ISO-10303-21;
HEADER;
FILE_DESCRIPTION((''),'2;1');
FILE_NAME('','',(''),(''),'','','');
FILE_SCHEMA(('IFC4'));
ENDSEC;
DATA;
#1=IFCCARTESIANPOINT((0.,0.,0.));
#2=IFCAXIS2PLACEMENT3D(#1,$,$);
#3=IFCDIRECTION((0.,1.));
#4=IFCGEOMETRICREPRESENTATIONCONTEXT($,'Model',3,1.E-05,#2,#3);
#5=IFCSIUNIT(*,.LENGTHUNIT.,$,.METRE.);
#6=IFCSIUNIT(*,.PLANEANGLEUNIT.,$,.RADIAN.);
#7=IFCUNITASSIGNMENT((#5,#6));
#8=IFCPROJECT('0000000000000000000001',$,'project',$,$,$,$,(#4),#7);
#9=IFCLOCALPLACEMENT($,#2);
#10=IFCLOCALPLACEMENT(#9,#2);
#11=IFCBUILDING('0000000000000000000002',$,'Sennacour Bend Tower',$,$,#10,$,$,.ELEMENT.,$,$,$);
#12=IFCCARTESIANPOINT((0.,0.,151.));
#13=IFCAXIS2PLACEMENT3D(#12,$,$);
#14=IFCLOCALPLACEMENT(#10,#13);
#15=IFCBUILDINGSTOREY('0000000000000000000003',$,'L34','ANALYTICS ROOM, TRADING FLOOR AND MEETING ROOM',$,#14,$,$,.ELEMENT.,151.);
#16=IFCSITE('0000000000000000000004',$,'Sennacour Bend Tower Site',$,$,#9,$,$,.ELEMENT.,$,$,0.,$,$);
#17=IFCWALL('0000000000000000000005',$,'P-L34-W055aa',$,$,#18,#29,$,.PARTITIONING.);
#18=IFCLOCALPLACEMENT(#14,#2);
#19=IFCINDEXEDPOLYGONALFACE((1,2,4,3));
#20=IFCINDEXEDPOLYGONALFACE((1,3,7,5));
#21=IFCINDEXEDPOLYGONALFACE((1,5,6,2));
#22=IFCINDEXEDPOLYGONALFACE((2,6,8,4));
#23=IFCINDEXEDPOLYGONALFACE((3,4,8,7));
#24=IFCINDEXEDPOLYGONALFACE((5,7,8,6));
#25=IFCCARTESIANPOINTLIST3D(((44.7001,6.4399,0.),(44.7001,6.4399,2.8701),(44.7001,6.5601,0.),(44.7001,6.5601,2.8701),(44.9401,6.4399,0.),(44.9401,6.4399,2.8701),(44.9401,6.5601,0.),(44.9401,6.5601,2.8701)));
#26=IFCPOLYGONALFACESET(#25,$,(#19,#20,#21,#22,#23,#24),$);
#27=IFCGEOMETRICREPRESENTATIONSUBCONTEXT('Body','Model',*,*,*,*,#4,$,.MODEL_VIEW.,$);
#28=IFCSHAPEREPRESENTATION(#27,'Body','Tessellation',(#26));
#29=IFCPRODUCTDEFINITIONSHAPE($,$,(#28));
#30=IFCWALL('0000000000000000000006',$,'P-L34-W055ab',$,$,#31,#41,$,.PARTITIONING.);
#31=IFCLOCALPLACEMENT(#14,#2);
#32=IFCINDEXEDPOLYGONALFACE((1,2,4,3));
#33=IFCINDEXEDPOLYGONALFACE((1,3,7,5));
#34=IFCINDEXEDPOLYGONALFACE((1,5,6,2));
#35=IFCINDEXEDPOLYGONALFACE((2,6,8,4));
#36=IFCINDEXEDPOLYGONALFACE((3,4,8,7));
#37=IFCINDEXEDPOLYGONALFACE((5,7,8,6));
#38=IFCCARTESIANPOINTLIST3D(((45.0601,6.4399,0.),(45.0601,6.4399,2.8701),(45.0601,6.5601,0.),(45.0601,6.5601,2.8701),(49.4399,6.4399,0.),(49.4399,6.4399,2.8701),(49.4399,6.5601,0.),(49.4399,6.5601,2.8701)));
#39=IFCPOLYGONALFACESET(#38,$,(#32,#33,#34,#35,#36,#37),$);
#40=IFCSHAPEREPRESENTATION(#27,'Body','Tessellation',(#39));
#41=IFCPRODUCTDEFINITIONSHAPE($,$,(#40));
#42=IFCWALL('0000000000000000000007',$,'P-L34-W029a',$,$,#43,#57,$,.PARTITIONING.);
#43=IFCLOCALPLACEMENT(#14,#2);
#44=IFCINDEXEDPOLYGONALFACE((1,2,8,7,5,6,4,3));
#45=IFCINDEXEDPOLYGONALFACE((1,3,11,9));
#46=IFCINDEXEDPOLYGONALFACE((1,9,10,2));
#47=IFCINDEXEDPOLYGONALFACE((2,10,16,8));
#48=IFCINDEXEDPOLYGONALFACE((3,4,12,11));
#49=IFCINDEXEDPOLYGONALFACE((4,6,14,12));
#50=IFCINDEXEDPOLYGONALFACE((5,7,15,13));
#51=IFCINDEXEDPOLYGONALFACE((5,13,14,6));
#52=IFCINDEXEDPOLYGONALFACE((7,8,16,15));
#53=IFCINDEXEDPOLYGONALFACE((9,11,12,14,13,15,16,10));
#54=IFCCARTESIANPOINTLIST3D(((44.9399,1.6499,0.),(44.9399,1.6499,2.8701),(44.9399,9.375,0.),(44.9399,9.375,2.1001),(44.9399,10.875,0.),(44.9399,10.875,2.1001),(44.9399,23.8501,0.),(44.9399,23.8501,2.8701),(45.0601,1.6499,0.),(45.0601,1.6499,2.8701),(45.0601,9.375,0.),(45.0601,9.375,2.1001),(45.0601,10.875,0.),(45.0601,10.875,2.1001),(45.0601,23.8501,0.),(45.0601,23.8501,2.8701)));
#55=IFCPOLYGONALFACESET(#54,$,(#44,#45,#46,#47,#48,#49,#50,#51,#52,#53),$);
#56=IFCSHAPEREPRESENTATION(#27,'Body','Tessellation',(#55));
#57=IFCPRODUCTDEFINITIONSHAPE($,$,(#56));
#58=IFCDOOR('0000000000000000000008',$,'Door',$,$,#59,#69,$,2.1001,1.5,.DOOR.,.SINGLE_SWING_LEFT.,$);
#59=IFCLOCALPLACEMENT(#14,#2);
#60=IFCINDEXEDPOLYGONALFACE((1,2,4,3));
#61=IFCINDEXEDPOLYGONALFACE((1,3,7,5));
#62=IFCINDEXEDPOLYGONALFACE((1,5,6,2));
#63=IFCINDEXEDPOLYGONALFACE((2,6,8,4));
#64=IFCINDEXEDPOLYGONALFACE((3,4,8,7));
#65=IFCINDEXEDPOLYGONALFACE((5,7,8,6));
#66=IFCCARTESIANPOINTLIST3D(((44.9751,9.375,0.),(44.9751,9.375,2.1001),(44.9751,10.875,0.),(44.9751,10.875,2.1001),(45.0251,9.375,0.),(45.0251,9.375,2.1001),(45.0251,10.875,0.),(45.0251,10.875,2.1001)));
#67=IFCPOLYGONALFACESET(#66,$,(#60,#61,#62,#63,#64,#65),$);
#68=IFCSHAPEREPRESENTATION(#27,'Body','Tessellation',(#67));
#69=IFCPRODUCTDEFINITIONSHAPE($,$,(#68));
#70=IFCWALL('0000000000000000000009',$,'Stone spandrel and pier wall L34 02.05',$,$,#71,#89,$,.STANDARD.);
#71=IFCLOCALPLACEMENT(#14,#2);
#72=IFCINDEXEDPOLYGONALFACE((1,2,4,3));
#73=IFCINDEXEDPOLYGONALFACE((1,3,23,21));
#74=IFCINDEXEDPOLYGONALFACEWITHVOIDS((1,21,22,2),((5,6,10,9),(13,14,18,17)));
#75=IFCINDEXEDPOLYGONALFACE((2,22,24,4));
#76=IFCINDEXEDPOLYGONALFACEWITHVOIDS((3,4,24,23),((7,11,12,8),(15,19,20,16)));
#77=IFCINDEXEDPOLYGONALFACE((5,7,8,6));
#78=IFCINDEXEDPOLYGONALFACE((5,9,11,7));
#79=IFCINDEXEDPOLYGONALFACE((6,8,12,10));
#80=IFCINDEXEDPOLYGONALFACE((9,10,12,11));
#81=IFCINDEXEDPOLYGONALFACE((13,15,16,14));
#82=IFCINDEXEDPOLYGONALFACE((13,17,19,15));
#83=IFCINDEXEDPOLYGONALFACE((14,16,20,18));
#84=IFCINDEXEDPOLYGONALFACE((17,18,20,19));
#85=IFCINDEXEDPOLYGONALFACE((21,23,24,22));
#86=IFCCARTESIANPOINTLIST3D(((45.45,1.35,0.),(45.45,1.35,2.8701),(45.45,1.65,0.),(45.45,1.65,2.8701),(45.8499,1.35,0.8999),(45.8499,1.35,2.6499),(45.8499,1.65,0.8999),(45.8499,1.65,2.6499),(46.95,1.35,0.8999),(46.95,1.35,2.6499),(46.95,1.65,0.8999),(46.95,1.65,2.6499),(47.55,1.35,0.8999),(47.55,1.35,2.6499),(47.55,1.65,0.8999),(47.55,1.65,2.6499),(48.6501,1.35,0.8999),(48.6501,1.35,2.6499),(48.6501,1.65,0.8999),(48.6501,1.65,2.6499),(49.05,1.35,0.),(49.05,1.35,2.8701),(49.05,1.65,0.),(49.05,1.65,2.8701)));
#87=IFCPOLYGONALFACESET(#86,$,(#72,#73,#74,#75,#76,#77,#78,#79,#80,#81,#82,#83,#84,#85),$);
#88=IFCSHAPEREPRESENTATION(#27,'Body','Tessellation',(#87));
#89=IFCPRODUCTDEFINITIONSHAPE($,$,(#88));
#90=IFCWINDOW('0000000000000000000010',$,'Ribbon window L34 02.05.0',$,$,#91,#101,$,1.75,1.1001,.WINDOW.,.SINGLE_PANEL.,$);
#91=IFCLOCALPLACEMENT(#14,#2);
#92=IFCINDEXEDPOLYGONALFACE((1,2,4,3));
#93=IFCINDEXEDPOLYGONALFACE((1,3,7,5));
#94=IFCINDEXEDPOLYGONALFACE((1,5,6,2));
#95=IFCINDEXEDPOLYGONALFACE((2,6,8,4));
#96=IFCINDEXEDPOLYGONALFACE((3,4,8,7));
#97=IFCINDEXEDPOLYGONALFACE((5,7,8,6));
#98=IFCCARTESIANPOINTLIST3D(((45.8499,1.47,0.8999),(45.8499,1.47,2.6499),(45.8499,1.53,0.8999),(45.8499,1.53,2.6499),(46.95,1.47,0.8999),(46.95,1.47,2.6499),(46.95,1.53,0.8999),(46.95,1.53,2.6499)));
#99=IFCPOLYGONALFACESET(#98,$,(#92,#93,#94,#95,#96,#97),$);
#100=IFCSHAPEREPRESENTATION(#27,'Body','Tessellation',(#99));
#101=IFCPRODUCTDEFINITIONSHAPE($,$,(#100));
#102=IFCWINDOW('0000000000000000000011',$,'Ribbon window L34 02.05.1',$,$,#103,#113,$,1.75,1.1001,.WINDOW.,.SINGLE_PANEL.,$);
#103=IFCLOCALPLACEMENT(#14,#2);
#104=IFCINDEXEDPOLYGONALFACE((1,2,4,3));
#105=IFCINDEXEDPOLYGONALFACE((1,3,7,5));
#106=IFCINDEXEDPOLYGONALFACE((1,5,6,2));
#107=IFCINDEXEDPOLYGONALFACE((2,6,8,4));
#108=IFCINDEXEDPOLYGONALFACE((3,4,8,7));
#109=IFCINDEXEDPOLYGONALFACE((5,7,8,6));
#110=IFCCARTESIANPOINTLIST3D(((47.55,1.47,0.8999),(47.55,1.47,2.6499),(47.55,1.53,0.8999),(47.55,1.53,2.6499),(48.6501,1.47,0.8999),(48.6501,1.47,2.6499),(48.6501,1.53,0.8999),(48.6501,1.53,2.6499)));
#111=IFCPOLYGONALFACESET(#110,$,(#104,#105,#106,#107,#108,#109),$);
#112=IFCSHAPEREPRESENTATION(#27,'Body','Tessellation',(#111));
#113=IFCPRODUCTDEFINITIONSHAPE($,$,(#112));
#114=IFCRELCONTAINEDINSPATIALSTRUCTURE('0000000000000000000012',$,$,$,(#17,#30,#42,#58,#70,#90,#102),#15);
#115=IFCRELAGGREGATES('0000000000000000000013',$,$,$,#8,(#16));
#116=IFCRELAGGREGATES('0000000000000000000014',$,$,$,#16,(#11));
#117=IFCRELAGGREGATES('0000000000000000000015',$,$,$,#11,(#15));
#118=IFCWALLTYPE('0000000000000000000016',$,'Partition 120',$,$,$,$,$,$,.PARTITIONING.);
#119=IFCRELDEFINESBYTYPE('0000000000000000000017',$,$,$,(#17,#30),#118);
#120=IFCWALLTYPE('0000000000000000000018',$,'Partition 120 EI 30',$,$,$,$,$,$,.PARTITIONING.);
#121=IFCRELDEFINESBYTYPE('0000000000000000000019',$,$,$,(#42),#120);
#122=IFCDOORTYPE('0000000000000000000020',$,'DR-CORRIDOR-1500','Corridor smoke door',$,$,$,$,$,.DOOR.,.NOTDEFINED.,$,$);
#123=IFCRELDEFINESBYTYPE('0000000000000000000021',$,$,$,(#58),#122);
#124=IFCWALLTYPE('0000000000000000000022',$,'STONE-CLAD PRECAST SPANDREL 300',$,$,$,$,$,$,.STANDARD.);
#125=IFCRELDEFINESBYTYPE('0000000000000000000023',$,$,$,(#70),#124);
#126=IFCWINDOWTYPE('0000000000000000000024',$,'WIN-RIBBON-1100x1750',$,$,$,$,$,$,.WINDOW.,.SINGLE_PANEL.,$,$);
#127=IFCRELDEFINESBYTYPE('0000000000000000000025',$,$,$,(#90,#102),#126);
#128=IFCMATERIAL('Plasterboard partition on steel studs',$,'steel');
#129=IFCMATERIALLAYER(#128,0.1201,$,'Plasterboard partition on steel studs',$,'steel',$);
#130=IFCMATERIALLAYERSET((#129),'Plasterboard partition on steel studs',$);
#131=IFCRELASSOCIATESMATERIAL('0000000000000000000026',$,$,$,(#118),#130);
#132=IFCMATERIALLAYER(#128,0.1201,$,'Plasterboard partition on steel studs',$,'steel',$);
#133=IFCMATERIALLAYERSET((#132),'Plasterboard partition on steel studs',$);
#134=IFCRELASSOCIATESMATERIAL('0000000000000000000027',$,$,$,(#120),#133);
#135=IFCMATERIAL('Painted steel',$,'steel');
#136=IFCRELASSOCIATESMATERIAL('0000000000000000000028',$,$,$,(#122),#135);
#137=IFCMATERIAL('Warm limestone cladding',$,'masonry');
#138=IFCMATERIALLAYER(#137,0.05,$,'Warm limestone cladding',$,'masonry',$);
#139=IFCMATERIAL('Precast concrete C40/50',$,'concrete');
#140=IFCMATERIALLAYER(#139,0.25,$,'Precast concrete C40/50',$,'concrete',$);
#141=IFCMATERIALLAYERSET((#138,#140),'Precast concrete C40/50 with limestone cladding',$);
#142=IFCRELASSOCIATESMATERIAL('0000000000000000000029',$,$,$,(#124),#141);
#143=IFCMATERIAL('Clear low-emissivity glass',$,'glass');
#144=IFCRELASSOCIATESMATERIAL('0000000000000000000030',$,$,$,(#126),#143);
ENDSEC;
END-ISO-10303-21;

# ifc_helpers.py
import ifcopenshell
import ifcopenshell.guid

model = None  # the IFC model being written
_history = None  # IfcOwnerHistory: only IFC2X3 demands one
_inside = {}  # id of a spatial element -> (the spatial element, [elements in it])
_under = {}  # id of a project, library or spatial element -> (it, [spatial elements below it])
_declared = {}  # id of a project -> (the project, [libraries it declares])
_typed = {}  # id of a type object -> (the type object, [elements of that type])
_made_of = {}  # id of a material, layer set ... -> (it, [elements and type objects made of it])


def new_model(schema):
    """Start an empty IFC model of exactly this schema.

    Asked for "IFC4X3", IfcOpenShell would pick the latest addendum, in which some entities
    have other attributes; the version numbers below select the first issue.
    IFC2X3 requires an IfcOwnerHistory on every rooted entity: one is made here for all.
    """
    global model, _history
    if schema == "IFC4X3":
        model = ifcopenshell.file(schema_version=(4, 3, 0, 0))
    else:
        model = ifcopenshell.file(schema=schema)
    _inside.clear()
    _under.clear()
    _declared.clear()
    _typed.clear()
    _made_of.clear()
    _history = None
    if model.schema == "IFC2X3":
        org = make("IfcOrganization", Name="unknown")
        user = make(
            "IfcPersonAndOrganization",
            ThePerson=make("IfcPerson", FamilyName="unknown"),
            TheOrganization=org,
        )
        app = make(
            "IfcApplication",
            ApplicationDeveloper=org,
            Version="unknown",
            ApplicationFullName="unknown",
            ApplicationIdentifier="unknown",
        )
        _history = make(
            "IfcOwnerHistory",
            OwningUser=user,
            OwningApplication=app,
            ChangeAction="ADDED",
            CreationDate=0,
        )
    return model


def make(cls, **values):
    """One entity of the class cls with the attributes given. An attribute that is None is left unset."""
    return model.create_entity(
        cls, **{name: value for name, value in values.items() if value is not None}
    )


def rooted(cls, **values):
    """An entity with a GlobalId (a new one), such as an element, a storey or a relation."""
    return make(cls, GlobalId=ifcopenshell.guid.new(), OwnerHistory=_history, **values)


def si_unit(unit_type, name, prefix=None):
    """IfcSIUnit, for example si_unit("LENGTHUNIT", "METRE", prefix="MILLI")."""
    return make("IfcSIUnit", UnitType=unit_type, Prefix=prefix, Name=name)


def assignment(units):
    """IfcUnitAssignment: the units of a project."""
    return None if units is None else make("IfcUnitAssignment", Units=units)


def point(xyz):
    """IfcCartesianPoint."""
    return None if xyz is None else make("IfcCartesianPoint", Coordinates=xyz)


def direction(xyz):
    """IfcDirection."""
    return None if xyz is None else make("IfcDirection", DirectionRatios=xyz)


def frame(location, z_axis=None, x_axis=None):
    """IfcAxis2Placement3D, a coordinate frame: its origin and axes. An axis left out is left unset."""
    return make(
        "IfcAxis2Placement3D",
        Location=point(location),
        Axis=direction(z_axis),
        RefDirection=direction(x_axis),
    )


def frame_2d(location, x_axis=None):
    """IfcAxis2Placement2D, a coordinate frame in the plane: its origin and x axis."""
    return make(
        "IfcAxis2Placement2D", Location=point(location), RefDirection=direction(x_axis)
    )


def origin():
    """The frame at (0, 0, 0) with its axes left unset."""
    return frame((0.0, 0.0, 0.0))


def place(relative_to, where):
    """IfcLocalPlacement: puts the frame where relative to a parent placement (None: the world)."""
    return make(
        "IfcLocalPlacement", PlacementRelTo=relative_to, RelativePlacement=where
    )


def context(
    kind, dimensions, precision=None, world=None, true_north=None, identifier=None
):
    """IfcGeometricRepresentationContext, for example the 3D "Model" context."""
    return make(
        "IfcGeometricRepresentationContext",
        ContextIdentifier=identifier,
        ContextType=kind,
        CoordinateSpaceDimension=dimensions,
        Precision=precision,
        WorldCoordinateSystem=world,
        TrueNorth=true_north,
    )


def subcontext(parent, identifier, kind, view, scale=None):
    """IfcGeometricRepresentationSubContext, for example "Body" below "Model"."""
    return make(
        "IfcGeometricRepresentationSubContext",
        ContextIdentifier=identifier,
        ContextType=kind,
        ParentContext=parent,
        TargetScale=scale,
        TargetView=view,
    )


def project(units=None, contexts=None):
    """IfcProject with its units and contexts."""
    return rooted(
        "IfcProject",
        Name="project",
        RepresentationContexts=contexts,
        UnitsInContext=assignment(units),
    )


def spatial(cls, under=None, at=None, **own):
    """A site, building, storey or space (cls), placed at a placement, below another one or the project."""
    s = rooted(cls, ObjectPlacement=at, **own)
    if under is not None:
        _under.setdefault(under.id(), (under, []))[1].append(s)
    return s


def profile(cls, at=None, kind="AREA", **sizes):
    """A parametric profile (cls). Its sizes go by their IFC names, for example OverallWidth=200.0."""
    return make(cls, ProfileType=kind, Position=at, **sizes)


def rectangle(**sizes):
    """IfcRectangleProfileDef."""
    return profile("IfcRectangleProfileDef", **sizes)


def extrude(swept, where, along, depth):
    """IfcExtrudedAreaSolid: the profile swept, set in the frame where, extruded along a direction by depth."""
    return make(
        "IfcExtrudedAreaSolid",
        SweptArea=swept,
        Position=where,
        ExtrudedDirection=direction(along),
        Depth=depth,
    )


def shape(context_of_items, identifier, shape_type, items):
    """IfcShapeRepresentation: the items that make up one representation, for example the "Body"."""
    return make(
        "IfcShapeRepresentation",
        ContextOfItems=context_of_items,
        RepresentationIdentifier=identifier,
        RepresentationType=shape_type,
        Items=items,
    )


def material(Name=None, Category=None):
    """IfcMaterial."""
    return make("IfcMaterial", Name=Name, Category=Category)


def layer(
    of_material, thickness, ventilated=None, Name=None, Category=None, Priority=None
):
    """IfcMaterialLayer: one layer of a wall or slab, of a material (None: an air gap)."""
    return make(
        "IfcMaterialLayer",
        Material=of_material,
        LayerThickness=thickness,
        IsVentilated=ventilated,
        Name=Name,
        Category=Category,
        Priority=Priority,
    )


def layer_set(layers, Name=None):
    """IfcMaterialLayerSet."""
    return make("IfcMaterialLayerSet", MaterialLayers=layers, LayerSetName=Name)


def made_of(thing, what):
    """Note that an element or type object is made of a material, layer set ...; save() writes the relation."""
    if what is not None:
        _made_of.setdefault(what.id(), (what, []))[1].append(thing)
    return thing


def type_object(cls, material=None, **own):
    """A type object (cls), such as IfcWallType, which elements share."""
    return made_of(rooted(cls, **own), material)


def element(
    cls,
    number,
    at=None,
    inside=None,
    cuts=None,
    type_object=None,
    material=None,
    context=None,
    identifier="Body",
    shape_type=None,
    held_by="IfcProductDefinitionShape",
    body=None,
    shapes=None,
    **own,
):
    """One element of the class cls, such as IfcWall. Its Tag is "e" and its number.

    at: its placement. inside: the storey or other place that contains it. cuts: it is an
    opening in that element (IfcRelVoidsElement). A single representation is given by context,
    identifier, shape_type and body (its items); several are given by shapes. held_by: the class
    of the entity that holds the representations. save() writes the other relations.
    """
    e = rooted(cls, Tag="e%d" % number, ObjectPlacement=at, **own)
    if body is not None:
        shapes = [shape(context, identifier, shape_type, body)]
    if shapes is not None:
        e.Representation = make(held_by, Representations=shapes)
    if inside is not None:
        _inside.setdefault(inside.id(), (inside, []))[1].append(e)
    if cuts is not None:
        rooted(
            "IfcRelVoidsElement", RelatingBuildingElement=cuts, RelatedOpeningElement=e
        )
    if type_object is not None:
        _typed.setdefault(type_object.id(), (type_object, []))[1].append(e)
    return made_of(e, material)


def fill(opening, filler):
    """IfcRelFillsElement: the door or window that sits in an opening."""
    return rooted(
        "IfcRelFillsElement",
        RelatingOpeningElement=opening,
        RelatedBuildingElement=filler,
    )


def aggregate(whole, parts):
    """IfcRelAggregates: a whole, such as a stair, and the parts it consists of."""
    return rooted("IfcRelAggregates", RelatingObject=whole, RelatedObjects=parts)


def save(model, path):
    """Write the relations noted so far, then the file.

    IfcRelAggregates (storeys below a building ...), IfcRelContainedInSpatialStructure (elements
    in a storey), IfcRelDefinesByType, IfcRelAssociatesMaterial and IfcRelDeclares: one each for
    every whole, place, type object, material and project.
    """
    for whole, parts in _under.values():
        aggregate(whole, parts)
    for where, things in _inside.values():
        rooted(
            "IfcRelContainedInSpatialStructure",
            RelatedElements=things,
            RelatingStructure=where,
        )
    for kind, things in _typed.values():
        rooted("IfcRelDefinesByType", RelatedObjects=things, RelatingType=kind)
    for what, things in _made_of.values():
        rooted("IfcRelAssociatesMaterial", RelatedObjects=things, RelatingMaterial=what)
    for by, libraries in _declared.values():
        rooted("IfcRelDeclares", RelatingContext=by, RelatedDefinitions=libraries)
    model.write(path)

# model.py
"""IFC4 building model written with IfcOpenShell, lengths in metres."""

from ifc_helpers import new_model, si_unit, direction, frame, frame_2d, origin, place, context, subcontext, project, spatial, rectangle, extrude, material, layer, layer_set, type_object, element, fill, save


model = new_model("IFC4")

# Units and contexts
model_context = context("Model", 3, precision=1e-05, world=origin(), true_north=direction((0.0, 1.0)))
body_context = subcontext(model_context, "Body", "Model", "MODEL_VIEW")
ifc_project = project(units=[si_unit("LENGTHUNIT", "METRE"), si_unit("PLANEANGLEUNIT", "RADIAN")], contexts=[model_context])

# Site, building, storey
site_placement = place(None, origin())
site = spatial("IfcSite", under=ifc_project, at=site_placement, Name="Sennacour Bend Tower Site", CompositionType="ELEMENT", RefElevation=0.0)
building_placement = place(site_placement, origin())
building = spatial("IfcBuilding", under=site, at=building_placement, Name="Sennacour Bend Tower", CompositionType="ELEMENT")
storey_placement = place(building_placement, frame((0.0, 0.0, 151.0)))
storey = spatial("IfcBuildingStorey", under=building, at=storey_placement, Name="L34", Description="ANALYTICS ROOM, TRADING FLOOR AND MEETING ROOM", CompositionType="ELEMENT", Elevation=151.0)

# Shared definitions
ifc_material_1 = material(Name="Clear low-emissivity glass", Category="glass")

# Walls
ifc_material_2 = material(Name="Plasterboard partition on steel studs", Category="steel")
ifc_layer_1 = layer(ifc_material_2, 0.1201, Name="Plasterboard partition on steel studs", Category="steel")
ifc_layer_set_1 = layer_set([ifc_layer_1], Name="Plasterboard partition on steel studs")
wall_type_1 = type_object("IfcWallType", Name="Partition 120", PredefinedType="PARTITIONING", material=ifc_layer_set_1)
wall_1_placement = place(storey_placement, frame((44.7, 6.5, 0.0), z_axis=(0.0, 0.0, 1.0), x_axis=(1.0, 0.0, 0.0)))
element("IfcWall", 1, at=wall_1_placement, inside=storey, type_object=wall_type_1, Name="P-L34-W055aa", PredefinedType="PARTITIONING", context=body_context, shape_type="SweptSolid", body=[
    extrude(rectangle(XDim=0.24, YDim=0.1201, at=frame_2d((0.1201, 0.0))), origin(), (0.0, 0.0, 1.0), 2.8701),
])
wall_2_placement = place(storey_placement, frame((45.0601, 6.5, 0.0), z_axis=(0.0, 0.0, 1.0), x_axis=(1.0, 0.0, 0.0)))
element("IfcWall", 2, at=wall_2_placement, inside=storey, type_object=wall_type_1, Name="P-L34-W055ab", PredefinedType="PARTITIONING", context=body_context, shape_type="SweptSolid", body=[
    extrude(rectangle(XDim=4.3799, YDim=0.1201, at=frame_2d((2.1899, 0.0))), origin(), (0.0, 0.0, 1.0), 2.8701),
])

# Wall, opening, door
ifc_layer_2 = layer(ifc_material_2, 0.1201, Name="Plasterboard partition on steel studs", Category="steel")
ifc_layer_set_2 = layer_set([ifc_layer_2], Name="Plasterboard partition on steel studs")
wall_type_2 = type_object("IfcWallType", Name="Partition 120 EI 30", PredefinedType="PARTITIONING", material=ifc_layer_set_2)
wall_3_placement = place(storey_placement, frame((45.0, 1.6499, 0.0), z_axis=(0.0, 0.0, 1.0), x_axis=(0.0, 1.0, 0.0)))
wall_3 = element("IfcWall", 3, at=wall_3_placement, inside=storey, type_object=wall_type_2, Name="P-L34-W029a", PredefinedType="PARTITIONING", context=body_context, shape_type="SweptSolid", body=[
    extrude(rectangle(XDim=22.2002, YDim=0.1201, at=frame_2d((11.1001, 0.0))), origin(), (0.0, 0.0, 1.0), 2.8701),
])
opening_1_placement = place(wall_3_placement, frame((7.7251, 0.0, 0.0)))
opening_1 = element("IfcOpeningElement", 4, at=opening_1_placement, cuts=wall_3, PredefinedType="OPENING", context=body_context, shape_type="SweptSolid", body=[
    extrude(rectangle(XDim=1.5, YDim=2.1001, at=frame_2d((0.75, 1.05))), frame((0.0, 0.0701, 0.0), z_axis=(0.0, -1.0, 0.0), x_axis=(1.0, 0.0, 0.0)), (0.0, 0.0, 1.0), 0.1401),
])
ifc_material_3 = material(Name="Painted steel", Category="steel")
door_type = type_object("IfcDoorType", Name="DR-CORRIDOR-1500", Description="Corridor smoke door", OperationType="NOTDEFINED", PredefinedType="DOOR", material=ifc_material_3)
door_placement = place(opening_1_placement, origin())
door = element("IfcDoor", 5, at=door_placement, inside=storey, type_object=door_type, Name="Door", OperationType="SINGLE_SWING_LEFT", OverallHeight=2.1001, OverallWidth=1.5, PredefinedType="DOOR", context=body_context, shape_type="SweptSolid", body=[
    extrude(rectangle(XDim=1.5, YDim=2.1001, at=frame_2d((0.75, 1.05))), frame((0.0, 0.0249, 0.0), z_axis=(0.0, -1.0, 0.0), x_axis=(1.0, 0.0, 0.0)), (0.0, 0.0, 1.0), 0.05),
])
fill(opening_1, door)

# Wall, openings, windows
ifc_material_4 = material(Name="Warm limestone cladding", Category="masonry")
ifc_layer_3 = layer(ifc_material_4, 0.05, Name="Warm limestone cladding", Category="masonry")
ifc_material_5 = material(Name="Precast concrete C40/50", Category="concrete")
ifc_layer_4 = layer(ifc_material_5, 0.25, Name="Precast concrete C40/50", Category="concrete")
ifc_layer_set_3 = layer_set([ifc_layer_3, ifc_layer_4], Name="Precast concrete C40/50 with limestone cladding")
wall_type_3 = type_object("IfcWallType", Name="STONE-CLAD PRECAST SPANDREL 300", PredefinedType="STANDARD", material=ifc_layer_set_3)
wall_4_placement = place(storey_placement, frame((45.45, 1.5, 0.0), z_axis=(0.0, 0.0, 1.0), x_axis=(1.0, 0.0, 0.0)))
wall_4 = element("IfcWall", 6, at=wall_4_placement, inside=storey, type_object=wall_type_3, Name="Stone spandrel and pier wall L34 02.05", PredefinedType="STANDARD", context=body_context, shape_type="SweptSolid", body=[
    extrude(rectangle(XDim=3.6001, YDim=0.3, at=frame_2d((1.8, 0.0))), origin(), (0.0, 0.0, 1.0), 2.8701),
])
opening_2_placement = place(wall_4_placement, frame((0.3999, 0.0, 0.8999)))
opening_2 = element("IfcOpeningElement", 7, at=opening_2_placement, cuts=wall_4, PredefinedType="OPENING", context=body_context, shape_type="SweptSolid", body=[
    extrude(rectangle(XDim=1.1001, YDim=1.75, at=frame_2d((0.55, 0.875))), frame((0.0, 0.1602, 0.0), z_axis=(0.0, -1.0, 0.0), x_axis=(1.0, 0.0, 0.0)), (0.0, 0.0, 1.0), 0.3201),
])
opening_3_placement = place(wall_4_placement, frame((2.1001, 0.0, 0.8999)))
opening_3 = element("IfcOpeningElement", 8, at=opening_3_placement, cuts=wall_4, PredefinedType="OPENING", context=body_context, shape_type="SweptSolid", body=[
    extrude(rectangle(XDim=1.1001, YDim=1.75, at=frame_2d((0.55, 0.875))), frame((0.0, 0.1602, 0.0), z_axis=(0.0, -1.0, 0.0), x_axis=(1.0, 0.0, 0.0)), (0.0, 0.0, 1.0), 0.3201),
])
window_type = type_object("IfcWindowType", Name="WIN-RIBBON-1100x1750", PartitioningType="SINGLE_PANEL", PredefinedType="WINDOW", material=ifc_material_1)
window_1_placement = place(opening_2_placement, origin())
window_1 = element("IfcWindow", 9, at=window_1_placement, inside=storey, type_object=window_type, Name="Ribbon window L34 02.05.0", OverallHeight=1.75, OverallWidth=1.1001, PartitioningType="SINGLE_PANEL", PredefinedType="WINDOW", context=body_context, shape_type="SweptSolid", body=[
    extrude(rectangle(XDim=1.1001, YDim=1.75, at=frame_2d((0.55, 0.875))), frame((0.0, 0.03, 0.0), z_axis=(0.0, -1.0, 0.0), x_axis=(1.0, 0.0, 0.0)), (0.0, 0.0, 1.0), 0.0601),
])
fill(opening_2, window_1)
window_2_placement = place(opening_3_placement, origin())
window_2 = element("IfcWindow", 10, at=window_2_placement, inside=storey, type_object=window_type, Name="Ribbon window L34 02.05.1", OverallHeight=1.75, OverallWidth=1.1001, PartitioningType="SINGLE_PANEL", PredefinedType="WINDOW", context=body_context, shape_type="SweptSolid", body=[
    extrude(rectangle(XDim=1.1001, YDim=1.75, at=frame_2d((0.55, 0.875))), frame((0.0, 0.03, 0.0), z_axis=(0.0, -1.0, 0.0), x_axis=(1.0, 0.0, 0.0)), (0.0, 0.0, 1.0), 0.0601),
])
fill(opening_3, window_2)

save(model, "model.ifc")
